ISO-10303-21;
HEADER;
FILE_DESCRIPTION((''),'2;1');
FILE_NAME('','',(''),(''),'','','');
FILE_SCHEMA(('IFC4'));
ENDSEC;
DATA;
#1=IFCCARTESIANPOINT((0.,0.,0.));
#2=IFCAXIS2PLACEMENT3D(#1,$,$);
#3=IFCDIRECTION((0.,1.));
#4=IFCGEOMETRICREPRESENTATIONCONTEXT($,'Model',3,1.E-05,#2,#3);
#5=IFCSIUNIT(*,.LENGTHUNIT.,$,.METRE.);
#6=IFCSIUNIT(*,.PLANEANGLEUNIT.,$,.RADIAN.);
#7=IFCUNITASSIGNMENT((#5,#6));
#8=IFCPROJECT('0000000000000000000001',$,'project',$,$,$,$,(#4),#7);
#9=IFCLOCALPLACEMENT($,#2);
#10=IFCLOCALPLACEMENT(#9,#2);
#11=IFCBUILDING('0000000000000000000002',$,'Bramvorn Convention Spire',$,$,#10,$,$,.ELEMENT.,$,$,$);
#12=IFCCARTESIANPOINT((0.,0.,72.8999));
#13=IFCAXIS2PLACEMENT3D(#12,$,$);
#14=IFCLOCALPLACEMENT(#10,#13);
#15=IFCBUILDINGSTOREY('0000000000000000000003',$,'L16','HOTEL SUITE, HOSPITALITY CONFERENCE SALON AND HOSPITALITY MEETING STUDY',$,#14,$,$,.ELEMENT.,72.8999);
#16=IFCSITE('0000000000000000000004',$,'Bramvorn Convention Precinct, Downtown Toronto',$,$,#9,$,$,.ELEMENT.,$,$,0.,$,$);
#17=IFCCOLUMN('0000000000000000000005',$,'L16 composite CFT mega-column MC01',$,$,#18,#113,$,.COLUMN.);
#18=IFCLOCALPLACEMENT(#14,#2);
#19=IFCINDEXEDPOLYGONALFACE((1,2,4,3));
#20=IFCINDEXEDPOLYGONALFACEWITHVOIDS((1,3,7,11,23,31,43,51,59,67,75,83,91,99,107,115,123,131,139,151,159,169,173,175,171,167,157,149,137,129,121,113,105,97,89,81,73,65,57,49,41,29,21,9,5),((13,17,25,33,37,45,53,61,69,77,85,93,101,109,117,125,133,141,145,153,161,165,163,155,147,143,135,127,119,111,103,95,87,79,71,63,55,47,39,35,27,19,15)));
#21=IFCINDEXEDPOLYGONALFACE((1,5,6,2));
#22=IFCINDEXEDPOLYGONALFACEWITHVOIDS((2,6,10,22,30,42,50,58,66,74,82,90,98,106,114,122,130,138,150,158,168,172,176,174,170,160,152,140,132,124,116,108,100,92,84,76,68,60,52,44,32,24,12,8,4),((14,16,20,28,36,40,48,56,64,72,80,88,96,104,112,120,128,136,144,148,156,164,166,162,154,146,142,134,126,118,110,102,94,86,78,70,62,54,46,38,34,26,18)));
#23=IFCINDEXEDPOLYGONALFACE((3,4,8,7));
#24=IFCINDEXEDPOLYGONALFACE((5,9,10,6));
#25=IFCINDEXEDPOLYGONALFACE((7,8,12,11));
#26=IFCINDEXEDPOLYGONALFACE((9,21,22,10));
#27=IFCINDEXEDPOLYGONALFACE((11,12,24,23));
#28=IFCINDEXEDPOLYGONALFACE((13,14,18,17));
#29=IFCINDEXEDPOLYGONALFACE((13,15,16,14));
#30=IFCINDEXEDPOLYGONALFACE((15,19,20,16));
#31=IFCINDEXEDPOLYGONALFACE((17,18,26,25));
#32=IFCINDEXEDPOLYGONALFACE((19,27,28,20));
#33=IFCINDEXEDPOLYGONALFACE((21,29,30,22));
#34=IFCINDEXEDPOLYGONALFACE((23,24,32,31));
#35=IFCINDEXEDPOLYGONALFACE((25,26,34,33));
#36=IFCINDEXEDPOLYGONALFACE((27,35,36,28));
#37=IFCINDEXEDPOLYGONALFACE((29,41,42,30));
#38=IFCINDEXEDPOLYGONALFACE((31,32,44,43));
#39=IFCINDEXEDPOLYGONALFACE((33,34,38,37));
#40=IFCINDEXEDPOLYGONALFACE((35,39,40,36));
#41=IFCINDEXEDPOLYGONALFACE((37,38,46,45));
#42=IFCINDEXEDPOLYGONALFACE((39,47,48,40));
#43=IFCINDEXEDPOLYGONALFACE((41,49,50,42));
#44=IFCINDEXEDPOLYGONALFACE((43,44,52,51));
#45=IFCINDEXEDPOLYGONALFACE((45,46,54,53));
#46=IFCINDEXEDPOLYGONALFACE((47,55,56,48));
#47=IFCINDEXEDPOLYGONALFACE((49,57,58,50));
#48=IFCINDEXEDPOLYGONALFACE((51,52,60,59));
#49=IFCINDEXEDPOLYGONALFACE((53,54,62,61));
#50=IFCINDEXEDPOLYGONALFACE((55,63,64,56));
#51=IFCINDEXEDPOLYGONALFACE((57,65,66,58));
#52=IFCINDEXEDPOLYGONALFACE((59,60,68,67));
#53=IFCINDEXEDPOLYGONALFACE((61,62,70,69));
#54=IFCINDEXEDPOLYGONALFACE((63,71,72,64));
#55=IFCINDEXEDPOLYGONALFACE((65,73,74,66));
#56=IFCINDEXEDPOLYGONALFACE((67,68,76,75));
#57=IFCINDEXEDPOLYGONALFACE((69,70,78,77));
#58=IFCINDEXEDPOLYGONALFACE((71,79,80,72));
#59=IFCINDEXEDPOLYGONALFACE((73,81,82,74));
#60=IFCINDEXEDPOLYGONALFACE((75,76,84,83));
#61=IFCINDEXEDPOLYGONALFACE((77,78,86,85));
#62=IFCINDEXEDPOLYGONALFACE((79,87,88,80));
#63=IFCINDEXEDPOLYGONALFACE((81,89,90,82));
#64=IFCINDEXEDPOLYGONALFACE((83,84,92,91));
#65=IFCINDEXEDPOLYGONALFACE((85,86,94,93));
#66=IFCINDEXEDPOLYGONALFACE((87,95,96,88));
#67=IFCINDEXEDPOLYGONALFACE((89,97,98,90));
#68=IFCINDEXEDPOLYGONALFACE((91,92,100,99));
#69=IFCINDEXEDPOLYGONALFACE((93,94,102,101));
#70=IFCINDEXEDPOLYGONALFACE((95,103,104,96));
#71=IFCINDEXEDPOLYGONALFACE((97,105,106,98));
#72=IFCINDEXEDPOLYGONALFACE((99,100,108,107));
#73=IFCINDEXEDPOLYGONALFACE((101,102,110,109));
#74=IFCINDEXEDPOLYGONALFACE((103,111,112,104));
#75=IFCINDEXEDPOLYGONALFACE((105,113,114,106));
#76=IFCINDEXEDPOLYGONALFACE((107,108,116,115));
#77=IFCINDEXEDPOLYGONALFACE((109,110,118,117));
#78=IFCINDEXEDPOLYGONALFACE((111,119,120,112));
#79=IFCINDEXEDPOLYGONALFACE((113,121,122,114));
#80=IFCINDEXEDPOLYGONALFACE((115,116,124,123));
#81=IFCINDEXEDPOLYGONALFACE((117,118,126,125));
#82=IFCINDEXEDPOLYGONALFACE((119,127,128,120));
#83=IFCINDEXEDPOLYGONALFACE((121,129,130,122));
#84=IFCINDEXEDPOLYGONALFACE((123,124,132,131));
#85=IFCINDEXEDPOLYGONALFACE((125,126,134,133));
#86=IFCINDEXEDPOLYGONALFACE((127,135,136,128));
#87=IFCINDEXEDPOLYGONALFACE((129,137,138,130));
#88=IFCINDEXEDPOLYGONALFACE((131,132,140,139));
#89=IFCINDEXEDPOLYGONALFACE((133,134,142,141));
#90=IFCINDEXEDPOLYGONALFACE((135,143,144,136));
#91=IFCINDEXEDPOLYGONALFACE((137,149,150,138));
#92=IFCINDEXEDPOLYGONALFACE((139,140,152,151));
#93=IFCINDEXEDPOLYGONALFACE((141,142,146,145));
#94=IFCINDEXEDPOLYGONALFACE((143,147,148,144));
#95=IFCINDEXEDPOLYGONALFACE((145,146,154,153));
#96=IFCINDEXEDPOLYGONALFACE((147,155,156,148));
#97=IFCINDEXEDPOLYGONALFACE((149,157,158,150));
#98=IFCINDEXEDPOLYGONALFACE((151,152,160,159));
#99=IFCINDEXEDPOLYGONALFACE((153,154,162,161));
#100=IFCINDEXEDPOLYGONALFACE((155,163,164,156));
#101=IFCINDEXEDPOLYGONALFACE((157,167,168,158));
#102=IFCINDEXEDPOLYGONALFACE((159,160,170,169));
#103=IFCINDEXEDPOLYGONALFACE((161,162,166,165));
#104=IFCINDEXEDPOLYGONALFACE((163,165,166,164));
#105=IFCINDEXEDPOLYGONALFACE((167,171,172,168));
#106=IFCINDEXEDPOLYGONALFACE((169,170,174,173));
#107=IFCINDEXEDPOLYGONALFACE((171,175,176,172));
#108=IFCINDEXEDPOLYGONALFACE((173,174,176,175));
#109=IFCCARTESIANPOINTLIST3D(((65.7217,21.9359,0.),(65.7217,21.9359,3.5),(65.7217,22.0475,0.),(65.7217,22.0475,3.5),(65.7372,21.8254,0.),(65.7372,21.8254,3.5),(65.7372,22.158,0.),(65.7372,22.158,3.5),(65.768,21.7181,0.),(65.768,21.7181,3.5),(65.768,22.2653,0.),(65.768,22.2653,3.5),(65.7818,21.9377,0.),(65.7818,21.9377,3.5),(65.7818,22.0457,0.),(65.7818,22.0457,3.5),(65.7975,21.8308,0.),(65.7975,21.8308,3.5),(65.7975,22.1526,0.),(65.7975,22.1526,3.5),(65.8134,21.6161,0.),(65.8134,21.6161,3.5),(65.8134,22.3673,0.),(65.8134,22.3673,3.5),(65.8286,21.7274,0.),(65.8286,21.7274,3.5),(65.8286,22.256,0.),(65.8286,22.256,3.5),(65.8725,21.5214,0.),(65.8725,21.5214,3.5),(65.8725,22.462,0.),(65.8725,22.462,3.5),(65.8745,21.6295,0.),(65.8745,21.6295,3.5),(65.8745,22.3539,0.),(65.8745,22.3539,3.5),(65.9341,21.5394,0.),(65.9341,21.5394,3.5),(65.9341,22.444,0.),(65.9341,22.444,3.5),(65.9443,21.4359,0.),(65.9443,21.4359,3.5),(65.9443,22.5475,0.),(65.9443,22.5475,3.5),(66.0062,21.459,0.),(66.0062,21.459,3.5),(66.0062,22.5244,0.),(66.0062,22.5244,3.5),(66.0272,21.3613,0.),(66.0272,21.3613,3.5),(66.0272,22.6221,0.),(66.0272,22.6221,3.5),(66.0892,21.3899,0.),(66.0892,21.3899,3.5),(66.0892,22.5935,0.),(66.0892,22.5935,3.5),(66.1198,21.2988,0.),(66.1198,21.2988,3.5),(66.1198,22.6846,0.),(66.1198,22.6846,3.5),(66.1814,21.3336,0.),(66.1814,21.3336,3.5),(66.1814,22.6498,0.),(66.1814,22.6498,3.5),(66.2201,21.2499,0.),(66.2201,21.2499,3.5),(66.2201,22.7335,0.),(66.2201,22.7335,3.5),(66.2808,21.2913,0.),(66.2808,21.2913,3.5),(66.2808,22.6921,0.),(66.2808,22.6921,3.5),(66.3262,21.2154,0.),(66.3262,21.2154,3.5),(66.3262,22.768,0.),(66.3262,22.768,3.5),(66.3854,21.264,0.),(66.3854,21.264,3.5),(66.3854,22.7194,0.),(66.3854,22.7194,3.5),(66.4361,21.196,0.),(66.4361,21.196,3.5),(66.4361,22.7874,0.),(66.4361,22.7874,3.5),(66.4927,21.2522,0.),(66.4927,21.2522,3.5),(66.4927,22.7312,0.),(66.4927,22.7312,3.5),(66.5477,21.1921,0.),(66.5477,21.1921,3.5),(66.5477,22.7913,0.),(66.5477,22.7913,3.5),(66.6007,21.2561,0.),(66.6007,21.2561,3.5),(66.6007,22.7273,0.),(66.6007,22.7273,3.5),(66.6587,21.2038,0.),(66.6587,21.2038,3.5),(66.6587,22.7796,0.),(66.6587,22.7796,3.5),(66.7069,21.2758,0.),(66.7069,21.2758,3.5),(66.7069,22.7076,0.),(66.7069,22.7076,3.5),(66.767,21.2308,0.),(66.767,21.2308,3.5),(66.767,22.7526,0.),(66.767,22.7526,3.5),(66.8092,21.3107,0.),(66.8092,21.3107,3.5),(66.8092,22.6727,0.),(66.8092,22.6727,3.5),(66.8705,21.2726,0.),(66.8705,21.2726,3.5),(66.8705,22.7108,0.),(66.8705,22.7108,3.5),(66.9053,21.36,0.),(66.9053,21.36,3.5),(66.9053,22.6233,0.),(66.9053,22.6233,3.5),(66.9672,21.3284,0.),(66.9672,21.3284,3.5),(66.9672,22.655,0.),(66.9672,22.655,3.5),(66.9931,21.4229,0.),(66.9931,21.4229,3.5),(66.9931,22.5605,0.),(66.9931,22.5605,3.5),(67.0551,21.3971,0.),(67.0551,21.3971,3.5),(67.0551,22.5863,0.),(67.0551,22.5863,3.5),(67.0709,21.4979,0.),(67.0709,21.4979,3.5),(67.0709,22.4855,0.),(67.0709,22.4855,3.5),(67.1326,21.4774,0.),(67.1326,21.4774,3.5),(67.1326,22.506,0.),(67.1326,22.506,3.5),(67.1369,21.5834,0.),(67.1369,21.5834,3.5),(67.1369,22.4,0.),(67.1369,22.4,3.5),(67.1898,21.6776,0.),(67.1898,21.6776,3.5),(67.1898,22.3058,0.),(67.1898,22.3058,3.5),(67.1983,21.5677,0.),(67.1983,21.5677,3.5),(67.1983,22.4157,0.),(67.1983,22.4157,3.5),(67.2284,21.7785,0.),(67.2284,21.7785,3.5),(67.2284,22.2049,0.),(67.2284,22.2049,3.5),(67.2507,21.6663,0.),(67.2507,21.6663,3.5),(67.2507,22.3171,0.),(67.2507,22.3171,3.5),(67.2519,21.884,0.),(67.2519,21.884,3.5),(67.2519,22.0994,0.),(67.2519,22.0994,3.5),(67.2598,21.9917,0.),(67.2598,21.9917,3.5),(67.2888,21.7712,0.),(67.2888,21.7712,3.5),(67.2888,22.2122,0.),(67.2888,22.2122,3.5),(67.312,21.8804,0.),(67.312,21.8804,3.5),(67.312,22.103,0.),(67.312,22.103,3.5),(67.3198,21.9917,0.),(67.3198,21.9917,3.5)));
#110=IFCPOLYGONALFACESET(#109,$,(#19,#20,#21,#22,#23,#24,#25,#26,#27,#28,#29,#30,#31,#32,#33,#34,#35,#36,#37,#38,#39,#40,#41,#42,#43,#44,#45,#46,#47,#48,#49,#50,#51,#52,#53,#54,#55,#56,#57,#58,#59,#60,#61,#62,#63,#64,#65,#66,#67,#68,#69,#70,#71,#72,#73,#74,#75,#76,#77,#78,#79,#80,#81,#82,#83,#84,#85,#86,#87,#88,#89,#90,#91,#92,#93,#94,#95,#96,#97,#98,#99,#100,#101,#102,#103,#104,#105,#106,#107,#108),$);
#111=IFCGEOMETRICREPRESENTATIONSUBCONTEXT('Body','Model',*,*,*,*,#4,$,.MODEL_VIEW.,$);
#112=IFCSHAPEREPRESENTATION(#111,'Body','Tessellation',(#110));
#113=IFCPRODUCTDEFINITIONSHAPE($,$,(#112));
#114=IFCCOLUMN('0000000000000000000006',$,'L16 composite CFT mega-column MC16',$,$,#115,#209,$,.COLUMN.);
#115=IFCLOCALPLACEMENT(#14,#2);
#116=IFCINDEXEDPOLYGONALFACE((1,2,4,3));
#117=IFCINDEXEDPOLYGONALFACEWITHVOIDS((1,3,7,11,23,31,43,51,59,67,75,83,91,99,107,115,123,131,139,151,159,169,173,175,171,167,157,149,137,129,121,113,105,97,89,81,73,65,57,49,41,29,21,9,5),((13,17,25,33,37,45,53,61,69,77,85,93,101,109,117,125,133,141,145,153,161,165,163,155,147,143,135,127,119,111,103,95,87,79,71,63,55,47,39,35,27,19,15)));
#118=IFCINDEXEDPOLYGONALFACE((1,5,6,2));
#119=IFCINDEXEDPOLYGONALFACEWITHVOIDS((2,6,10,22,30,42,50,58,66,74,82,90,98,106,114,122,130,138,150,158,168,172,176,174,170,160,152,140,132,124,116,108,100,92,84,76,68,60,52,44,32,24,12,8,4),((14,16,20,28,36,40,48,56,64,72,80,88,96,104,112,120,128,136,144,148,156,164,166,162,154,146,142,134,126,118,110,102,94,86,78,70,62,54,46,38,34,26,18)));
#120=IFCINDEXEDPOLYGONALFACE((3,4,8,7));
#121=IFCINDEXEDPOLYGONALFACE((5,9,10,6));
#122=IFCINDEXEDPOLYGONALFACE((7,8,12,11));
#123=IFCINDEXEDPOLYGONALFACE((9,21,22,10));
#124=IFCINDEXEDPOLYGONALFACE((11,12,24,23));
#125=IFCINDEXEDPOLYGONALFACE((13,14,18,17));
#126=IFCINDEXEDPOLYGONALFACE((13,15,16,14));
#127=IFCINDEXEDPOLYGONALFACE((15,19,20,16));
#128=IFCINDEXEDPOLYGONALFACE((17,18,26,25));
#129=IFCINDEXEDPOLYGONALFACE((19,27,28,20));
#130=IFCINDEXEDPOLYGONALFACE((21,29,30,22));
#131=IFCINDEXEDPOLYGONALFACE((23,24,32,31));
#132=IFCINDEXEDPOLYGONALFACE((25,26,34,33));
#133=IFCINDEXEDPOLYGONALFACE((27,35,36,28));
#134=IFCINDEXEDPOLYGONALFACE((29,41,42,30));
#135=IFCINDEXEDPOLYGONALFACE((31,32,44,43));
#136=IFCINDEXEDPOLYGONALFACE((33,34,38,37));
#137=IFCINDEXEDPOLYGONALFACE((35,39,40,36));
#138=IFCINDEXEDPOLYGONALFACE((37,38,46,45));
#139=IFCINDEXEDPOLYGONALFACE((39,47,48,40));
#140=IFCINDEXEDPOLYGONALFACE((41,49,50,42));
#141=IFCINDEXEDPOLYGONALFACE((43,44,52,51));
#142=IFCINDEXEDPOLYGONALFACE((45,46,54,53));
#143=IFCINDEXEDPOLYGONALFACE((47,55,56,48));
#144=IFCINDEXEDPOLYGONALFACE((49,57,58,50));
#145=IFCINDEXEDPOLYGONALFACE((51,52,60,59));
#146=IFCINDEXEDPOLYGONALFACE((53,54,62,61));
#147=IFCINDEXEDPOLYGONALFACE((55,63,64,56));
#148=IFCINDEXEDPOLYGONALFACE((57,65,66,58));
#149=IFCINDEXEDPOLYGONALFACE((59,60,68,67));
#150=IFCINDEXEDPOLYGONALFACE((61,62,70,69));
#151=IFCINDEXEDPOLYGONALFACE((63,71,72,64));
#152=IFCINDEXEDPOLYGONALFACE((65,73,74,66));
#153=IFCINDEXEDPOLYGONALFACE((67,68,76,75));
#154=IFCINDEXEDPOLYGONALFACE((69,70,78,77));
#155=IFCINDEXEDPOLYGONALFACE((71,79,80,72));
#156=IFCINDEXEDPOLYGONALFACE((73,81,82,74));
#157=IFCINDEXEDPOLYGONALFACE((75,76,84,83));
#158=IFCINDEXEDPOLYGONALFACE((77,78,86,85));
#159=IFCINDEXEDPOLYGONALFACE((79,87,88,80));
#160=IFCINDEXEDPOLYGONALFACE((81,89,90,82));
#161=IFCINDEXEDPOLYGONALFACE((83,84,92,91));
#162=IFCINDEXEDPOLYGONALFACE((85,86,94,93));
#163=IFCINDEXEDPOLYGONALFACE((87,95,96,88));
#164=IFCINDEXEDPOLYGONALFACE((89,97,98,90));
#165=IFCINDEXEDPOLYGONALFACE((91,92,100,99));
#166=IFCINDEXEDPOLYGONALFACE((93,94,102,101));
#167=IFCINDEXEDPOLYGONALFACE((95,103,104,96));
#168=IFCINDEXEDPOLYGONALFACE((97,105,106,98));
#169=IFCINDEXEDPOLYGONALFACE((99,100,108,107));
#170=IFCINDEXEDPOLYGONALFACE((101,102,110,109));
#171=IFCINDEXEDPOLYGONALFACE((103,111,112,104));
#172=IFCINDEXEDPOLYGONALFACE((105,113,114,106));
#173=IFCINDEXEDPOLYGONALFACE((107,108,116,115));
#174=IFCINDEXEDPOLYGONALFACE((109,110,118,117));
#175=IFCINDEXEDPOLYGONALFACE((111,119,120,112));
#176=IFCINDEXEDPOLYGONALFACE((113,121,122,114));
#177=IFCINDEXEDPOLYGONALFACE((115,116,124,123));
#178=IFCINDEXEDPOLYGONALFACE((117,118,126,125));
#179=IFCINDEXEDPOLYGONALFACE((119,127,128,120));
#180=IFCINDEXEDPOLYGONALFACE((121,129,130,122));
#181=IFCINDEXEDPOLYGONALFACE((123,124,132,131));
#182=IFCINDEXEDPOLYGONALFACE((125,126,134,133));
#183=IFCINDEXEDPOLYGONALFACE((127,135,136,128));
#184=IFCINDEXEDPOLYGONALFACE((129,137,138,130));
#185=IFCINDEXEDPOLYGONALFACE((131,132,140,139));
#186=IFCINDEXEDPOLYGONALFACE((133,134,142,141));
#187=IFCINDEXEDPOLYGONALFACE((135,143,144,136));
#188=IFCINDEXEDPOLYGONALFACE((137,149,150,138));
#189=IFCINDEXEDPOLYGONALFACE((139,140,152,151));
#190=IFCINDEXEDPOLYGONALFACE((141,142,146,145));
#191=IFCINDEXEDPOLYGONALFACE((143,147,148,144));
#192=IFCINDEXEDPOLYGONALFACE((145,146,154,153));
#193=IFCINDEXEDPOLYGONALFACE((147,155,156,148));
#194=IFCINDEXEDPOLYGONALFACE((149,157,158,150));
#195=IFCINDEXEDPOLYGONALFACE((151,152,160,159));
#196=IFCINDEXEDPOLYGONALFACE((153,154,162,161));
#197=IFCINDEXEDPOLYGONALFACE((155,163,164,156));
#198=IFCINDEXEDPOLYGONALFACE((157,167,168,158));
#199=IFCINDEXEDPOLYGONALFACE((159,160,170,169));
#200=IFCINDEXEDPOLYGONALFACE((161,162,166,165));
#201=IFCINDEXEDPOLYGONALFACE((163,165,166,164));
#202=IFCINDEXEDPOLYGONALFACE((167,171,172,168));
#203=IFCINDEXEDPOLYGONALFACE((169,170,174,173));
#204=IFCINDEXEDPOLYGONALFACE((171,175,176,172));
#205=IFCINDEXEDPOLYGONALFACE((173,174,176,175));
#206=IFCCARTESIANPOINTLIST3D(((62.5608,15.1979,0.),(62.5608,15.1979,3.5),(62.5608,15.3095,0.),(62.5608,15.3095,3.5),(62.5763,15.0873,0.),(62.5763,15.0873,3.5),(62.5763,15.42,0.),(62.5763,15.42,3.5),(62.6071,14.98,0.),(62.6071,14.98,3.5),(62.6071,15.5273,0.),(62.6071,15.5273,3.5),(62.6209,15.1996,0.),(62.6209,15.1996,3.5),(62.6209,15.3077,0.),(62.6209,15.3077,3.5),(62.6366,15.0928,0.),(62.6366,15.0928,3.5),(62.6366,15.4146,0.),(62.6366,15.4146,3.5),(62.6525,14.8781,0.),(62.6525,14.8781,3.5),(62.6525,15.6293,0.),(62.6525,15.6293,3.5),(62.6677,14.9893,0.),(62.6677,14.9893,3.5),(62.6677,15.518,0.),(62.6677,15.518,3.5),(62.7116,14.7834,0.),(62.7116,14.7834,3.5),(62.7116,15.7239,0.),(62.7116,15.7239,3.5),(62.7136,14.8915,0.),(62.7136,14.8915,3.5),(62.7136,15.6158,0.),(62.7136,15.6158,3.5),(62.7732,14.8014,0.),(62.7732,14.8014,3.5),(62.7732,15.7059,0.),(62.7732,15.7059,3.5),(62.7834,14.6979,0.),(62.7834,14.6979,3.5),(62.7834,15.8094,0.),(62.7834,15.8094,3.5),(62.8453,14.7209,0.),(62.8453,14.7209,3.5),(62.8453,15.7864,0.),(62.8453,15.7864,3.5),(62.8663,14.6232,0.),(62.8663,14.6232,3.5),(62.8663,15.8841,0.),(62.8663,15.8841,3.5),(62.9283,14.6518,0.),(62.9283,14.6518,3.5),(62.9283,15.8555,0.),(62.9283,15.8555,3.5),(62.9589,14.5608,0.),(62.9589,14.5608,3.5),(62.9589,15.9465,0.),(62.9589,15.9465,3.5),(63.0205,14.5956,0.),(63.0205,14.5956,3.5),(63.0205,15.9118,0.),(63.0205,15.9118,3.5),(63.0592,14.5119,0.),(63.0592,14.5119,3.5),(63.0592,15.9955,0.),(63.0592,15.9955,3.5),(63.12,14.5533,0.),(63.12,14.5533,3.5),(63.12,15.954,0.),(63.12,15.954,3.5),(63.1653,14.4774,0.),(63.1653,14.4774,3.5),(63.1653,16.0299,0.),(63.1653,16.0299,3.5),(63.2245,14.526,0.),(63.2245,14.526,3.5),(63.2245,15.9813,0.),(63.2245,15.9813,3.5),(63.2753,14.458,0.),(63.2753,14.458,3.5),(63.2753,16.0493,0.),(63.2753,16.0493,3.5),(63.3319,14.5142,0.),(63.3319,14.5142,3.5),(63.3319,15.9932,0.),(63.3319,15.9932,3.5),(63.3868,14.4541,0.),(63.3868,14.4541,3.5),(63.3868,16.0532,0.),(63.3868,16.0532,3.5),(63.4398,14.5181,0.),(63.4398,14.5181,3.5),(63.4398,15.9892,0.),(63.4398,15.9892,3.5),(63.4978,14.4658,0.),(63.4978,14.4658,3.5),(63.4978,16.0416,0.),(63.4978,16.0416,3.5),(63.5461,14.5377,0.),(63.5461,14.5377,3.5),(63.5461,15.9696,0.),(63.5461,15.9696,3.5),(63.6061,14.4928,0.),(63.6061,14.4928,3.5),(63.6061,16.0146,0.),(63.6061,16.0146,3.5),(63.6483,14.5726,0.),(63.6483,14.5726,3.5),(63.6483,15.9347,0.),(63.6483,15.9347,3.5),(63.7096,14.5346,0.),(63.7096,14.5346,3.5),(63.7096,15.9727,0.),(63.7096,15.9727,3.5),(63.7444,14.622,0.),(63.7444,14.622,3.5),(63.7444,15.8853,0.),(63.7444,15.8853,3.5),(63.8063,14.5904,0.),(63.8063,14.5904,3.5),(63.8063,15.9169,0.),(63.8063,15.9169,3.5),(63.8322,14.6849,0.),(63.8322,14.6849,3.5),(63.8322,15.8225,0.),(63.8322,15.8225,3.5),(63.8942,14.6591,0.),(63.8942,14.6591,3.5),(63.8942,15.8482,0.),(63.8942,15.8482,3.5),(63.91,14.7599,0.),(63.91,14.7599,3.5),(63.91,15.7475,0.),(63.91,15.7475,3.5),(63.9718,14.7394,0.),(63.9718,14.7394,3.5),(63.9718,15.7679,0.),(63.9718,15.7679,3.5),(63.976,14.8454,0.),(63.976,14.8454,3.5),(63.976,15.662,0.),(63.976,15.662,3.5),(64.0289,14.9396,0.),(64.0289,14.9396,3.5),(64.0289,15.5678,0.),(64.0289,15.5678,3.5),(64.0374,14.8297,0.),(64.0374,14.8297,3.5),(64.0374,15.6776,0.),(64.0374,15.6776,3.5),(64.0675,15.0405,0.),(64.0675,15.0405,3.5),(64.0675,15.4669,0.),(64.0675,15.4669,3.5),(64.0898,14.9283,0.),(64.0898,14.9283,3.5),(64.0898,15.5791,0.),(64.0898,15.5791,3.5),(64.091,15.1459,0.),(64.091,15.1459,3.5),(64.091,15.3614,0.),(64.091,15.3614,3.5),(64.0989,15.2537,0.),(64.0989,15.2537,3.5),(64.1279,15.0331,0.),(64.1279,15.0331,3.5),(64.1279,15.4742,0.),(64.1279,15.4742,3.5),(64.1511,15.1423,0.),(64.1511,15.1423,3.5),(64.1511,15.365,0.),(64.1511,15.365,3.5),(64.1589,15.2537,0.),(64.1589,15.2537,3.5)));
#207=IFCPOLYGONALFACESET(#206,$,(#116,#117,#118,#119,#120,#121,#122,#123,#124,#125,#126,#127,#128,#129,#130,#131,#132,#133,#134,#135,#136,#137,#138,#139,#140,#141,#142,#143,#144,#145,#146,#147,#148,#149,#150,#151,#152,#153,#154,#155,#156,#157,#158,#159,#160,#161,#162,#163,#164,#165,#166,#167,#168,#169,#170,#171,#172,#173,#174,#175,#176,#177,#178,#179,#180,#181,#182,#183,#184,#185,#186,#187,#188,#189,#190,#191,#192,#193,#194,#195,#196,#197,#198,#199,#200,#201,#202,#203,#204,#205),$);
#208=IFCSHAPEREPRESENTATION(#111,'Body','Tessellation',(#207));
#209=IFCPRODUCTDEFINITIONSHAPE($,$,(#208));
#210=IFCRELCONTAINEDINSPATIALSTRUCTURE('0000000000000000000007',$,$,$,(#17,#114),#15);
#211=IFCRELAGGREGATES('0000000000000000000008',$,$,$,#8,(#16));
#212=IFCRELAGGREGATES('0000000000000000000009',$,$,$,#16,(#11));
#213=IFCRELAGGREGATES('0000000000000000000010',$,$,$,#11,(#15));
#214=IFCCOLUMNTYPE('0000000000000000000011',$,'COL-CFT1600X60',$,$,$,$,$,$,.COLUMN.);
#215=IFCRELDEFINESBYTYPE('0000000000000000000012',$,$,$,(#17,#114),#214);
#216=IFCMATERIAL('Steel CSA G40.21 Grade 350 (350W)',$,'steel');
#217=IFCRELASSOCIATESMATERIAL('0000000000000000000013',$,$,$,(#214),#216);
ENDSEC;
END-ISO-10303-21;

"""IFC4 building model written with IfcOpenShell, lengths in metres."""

from ifc_helpers import new_model, si_unit, direction, frame, origin, origin_2d, place, context, subcontext, project, spatial, hollow_circle, extrude, material, material_profile, profile_set, type_object, element, save


model = new_model("IFC4")

# Units and contexts
model_context = context("Model", 3, precision=1e-05, world=origin(), true_north=direction((0.0, 1.0)))
body_context = subcontext(model_context, "Body", "Model", "MODEL_VIEW")
ifc_project = project(units=[si_unit("LENGTHUNIT", "METRE"), si_unit("PLANEANGLEUNIT", "RADIAN")], contexts=[model_context])

# Site, building, storey
site_placement = place(None, origin())
site = spatial("IfcSite", under=ifc_project, at=site_placement, Name="Bramvorn Convention Precinct, Downtown Toronto", CompositionType="ELEMENT", RefElevation=0.0)
building_placement = place(site_placement, origin())
building = spatial("IfcBuilding", under=site, at=building_placement, Name="Bramvorn Convention Spire", CompositionType="ELEMENT")
storey_placement = place(building_placement, frame((0.0, 0.0, 72.8999)))
storey = spatial("IfcBuildingStorey", under=building, at=storey_placement, Name="L16", Description="HOTEL SUITE, HOSPITALITY CONFERENCE SALON AND HOSPITALITY MEETING STUDY", CompositionType="ELEMENT", Elevation=72.8999)

# Columns
ifc_material_1 = material(Name="Steel CSA G40.21 Grade 350 (350W)", Category="steel")
ifc_material_profile_1 = material_profile(ifc_material_1, hollow_circle(Radius=0.8, WallThickness=0.0601, at=origin_2d()))
ifc_profile_set_1 = profile_set([ifc_material_profile_1], Name="Steel CSA G40.21 Grade 350 (350W) - CFT1600X60")
column_type = type_object("IfcColumnType", Name="COL-CFT1600X60", PredefinedType="COLUMN", material=ifc_profile_set_1)
for number, where, z_axis, x_axis, name in (
    (1, (66.5198, 21.9917, 0.0), (0.0, 0.0, 1.0), (1.0, 0.0, 0.0), "L16 composite CFT mega-column MC01"),
    (2, (63.3589, 15.2537, 0.0), (0.0, 0.0, 1.0), (1.0, 0.0, 0.0), "L16 composite CFT mega-column MC16"),
):
    element("IfcColumn", number, at=place(storey_placement, frame(where, z_axis=z_axis, x_axis=x_axis)), inside=storey, type_object=column_type, Name=name, PredefinedType="COLUMN", context=body_context, shape_type="SweptSolid", body=[
        extrude(hollow_circle(Radius=0.8, WallThickness=0.0601, at=origin_2d()), origin(), (0.0, 0.0, 1.0), 3.5),
    ])

save(model, "model.ifc")
